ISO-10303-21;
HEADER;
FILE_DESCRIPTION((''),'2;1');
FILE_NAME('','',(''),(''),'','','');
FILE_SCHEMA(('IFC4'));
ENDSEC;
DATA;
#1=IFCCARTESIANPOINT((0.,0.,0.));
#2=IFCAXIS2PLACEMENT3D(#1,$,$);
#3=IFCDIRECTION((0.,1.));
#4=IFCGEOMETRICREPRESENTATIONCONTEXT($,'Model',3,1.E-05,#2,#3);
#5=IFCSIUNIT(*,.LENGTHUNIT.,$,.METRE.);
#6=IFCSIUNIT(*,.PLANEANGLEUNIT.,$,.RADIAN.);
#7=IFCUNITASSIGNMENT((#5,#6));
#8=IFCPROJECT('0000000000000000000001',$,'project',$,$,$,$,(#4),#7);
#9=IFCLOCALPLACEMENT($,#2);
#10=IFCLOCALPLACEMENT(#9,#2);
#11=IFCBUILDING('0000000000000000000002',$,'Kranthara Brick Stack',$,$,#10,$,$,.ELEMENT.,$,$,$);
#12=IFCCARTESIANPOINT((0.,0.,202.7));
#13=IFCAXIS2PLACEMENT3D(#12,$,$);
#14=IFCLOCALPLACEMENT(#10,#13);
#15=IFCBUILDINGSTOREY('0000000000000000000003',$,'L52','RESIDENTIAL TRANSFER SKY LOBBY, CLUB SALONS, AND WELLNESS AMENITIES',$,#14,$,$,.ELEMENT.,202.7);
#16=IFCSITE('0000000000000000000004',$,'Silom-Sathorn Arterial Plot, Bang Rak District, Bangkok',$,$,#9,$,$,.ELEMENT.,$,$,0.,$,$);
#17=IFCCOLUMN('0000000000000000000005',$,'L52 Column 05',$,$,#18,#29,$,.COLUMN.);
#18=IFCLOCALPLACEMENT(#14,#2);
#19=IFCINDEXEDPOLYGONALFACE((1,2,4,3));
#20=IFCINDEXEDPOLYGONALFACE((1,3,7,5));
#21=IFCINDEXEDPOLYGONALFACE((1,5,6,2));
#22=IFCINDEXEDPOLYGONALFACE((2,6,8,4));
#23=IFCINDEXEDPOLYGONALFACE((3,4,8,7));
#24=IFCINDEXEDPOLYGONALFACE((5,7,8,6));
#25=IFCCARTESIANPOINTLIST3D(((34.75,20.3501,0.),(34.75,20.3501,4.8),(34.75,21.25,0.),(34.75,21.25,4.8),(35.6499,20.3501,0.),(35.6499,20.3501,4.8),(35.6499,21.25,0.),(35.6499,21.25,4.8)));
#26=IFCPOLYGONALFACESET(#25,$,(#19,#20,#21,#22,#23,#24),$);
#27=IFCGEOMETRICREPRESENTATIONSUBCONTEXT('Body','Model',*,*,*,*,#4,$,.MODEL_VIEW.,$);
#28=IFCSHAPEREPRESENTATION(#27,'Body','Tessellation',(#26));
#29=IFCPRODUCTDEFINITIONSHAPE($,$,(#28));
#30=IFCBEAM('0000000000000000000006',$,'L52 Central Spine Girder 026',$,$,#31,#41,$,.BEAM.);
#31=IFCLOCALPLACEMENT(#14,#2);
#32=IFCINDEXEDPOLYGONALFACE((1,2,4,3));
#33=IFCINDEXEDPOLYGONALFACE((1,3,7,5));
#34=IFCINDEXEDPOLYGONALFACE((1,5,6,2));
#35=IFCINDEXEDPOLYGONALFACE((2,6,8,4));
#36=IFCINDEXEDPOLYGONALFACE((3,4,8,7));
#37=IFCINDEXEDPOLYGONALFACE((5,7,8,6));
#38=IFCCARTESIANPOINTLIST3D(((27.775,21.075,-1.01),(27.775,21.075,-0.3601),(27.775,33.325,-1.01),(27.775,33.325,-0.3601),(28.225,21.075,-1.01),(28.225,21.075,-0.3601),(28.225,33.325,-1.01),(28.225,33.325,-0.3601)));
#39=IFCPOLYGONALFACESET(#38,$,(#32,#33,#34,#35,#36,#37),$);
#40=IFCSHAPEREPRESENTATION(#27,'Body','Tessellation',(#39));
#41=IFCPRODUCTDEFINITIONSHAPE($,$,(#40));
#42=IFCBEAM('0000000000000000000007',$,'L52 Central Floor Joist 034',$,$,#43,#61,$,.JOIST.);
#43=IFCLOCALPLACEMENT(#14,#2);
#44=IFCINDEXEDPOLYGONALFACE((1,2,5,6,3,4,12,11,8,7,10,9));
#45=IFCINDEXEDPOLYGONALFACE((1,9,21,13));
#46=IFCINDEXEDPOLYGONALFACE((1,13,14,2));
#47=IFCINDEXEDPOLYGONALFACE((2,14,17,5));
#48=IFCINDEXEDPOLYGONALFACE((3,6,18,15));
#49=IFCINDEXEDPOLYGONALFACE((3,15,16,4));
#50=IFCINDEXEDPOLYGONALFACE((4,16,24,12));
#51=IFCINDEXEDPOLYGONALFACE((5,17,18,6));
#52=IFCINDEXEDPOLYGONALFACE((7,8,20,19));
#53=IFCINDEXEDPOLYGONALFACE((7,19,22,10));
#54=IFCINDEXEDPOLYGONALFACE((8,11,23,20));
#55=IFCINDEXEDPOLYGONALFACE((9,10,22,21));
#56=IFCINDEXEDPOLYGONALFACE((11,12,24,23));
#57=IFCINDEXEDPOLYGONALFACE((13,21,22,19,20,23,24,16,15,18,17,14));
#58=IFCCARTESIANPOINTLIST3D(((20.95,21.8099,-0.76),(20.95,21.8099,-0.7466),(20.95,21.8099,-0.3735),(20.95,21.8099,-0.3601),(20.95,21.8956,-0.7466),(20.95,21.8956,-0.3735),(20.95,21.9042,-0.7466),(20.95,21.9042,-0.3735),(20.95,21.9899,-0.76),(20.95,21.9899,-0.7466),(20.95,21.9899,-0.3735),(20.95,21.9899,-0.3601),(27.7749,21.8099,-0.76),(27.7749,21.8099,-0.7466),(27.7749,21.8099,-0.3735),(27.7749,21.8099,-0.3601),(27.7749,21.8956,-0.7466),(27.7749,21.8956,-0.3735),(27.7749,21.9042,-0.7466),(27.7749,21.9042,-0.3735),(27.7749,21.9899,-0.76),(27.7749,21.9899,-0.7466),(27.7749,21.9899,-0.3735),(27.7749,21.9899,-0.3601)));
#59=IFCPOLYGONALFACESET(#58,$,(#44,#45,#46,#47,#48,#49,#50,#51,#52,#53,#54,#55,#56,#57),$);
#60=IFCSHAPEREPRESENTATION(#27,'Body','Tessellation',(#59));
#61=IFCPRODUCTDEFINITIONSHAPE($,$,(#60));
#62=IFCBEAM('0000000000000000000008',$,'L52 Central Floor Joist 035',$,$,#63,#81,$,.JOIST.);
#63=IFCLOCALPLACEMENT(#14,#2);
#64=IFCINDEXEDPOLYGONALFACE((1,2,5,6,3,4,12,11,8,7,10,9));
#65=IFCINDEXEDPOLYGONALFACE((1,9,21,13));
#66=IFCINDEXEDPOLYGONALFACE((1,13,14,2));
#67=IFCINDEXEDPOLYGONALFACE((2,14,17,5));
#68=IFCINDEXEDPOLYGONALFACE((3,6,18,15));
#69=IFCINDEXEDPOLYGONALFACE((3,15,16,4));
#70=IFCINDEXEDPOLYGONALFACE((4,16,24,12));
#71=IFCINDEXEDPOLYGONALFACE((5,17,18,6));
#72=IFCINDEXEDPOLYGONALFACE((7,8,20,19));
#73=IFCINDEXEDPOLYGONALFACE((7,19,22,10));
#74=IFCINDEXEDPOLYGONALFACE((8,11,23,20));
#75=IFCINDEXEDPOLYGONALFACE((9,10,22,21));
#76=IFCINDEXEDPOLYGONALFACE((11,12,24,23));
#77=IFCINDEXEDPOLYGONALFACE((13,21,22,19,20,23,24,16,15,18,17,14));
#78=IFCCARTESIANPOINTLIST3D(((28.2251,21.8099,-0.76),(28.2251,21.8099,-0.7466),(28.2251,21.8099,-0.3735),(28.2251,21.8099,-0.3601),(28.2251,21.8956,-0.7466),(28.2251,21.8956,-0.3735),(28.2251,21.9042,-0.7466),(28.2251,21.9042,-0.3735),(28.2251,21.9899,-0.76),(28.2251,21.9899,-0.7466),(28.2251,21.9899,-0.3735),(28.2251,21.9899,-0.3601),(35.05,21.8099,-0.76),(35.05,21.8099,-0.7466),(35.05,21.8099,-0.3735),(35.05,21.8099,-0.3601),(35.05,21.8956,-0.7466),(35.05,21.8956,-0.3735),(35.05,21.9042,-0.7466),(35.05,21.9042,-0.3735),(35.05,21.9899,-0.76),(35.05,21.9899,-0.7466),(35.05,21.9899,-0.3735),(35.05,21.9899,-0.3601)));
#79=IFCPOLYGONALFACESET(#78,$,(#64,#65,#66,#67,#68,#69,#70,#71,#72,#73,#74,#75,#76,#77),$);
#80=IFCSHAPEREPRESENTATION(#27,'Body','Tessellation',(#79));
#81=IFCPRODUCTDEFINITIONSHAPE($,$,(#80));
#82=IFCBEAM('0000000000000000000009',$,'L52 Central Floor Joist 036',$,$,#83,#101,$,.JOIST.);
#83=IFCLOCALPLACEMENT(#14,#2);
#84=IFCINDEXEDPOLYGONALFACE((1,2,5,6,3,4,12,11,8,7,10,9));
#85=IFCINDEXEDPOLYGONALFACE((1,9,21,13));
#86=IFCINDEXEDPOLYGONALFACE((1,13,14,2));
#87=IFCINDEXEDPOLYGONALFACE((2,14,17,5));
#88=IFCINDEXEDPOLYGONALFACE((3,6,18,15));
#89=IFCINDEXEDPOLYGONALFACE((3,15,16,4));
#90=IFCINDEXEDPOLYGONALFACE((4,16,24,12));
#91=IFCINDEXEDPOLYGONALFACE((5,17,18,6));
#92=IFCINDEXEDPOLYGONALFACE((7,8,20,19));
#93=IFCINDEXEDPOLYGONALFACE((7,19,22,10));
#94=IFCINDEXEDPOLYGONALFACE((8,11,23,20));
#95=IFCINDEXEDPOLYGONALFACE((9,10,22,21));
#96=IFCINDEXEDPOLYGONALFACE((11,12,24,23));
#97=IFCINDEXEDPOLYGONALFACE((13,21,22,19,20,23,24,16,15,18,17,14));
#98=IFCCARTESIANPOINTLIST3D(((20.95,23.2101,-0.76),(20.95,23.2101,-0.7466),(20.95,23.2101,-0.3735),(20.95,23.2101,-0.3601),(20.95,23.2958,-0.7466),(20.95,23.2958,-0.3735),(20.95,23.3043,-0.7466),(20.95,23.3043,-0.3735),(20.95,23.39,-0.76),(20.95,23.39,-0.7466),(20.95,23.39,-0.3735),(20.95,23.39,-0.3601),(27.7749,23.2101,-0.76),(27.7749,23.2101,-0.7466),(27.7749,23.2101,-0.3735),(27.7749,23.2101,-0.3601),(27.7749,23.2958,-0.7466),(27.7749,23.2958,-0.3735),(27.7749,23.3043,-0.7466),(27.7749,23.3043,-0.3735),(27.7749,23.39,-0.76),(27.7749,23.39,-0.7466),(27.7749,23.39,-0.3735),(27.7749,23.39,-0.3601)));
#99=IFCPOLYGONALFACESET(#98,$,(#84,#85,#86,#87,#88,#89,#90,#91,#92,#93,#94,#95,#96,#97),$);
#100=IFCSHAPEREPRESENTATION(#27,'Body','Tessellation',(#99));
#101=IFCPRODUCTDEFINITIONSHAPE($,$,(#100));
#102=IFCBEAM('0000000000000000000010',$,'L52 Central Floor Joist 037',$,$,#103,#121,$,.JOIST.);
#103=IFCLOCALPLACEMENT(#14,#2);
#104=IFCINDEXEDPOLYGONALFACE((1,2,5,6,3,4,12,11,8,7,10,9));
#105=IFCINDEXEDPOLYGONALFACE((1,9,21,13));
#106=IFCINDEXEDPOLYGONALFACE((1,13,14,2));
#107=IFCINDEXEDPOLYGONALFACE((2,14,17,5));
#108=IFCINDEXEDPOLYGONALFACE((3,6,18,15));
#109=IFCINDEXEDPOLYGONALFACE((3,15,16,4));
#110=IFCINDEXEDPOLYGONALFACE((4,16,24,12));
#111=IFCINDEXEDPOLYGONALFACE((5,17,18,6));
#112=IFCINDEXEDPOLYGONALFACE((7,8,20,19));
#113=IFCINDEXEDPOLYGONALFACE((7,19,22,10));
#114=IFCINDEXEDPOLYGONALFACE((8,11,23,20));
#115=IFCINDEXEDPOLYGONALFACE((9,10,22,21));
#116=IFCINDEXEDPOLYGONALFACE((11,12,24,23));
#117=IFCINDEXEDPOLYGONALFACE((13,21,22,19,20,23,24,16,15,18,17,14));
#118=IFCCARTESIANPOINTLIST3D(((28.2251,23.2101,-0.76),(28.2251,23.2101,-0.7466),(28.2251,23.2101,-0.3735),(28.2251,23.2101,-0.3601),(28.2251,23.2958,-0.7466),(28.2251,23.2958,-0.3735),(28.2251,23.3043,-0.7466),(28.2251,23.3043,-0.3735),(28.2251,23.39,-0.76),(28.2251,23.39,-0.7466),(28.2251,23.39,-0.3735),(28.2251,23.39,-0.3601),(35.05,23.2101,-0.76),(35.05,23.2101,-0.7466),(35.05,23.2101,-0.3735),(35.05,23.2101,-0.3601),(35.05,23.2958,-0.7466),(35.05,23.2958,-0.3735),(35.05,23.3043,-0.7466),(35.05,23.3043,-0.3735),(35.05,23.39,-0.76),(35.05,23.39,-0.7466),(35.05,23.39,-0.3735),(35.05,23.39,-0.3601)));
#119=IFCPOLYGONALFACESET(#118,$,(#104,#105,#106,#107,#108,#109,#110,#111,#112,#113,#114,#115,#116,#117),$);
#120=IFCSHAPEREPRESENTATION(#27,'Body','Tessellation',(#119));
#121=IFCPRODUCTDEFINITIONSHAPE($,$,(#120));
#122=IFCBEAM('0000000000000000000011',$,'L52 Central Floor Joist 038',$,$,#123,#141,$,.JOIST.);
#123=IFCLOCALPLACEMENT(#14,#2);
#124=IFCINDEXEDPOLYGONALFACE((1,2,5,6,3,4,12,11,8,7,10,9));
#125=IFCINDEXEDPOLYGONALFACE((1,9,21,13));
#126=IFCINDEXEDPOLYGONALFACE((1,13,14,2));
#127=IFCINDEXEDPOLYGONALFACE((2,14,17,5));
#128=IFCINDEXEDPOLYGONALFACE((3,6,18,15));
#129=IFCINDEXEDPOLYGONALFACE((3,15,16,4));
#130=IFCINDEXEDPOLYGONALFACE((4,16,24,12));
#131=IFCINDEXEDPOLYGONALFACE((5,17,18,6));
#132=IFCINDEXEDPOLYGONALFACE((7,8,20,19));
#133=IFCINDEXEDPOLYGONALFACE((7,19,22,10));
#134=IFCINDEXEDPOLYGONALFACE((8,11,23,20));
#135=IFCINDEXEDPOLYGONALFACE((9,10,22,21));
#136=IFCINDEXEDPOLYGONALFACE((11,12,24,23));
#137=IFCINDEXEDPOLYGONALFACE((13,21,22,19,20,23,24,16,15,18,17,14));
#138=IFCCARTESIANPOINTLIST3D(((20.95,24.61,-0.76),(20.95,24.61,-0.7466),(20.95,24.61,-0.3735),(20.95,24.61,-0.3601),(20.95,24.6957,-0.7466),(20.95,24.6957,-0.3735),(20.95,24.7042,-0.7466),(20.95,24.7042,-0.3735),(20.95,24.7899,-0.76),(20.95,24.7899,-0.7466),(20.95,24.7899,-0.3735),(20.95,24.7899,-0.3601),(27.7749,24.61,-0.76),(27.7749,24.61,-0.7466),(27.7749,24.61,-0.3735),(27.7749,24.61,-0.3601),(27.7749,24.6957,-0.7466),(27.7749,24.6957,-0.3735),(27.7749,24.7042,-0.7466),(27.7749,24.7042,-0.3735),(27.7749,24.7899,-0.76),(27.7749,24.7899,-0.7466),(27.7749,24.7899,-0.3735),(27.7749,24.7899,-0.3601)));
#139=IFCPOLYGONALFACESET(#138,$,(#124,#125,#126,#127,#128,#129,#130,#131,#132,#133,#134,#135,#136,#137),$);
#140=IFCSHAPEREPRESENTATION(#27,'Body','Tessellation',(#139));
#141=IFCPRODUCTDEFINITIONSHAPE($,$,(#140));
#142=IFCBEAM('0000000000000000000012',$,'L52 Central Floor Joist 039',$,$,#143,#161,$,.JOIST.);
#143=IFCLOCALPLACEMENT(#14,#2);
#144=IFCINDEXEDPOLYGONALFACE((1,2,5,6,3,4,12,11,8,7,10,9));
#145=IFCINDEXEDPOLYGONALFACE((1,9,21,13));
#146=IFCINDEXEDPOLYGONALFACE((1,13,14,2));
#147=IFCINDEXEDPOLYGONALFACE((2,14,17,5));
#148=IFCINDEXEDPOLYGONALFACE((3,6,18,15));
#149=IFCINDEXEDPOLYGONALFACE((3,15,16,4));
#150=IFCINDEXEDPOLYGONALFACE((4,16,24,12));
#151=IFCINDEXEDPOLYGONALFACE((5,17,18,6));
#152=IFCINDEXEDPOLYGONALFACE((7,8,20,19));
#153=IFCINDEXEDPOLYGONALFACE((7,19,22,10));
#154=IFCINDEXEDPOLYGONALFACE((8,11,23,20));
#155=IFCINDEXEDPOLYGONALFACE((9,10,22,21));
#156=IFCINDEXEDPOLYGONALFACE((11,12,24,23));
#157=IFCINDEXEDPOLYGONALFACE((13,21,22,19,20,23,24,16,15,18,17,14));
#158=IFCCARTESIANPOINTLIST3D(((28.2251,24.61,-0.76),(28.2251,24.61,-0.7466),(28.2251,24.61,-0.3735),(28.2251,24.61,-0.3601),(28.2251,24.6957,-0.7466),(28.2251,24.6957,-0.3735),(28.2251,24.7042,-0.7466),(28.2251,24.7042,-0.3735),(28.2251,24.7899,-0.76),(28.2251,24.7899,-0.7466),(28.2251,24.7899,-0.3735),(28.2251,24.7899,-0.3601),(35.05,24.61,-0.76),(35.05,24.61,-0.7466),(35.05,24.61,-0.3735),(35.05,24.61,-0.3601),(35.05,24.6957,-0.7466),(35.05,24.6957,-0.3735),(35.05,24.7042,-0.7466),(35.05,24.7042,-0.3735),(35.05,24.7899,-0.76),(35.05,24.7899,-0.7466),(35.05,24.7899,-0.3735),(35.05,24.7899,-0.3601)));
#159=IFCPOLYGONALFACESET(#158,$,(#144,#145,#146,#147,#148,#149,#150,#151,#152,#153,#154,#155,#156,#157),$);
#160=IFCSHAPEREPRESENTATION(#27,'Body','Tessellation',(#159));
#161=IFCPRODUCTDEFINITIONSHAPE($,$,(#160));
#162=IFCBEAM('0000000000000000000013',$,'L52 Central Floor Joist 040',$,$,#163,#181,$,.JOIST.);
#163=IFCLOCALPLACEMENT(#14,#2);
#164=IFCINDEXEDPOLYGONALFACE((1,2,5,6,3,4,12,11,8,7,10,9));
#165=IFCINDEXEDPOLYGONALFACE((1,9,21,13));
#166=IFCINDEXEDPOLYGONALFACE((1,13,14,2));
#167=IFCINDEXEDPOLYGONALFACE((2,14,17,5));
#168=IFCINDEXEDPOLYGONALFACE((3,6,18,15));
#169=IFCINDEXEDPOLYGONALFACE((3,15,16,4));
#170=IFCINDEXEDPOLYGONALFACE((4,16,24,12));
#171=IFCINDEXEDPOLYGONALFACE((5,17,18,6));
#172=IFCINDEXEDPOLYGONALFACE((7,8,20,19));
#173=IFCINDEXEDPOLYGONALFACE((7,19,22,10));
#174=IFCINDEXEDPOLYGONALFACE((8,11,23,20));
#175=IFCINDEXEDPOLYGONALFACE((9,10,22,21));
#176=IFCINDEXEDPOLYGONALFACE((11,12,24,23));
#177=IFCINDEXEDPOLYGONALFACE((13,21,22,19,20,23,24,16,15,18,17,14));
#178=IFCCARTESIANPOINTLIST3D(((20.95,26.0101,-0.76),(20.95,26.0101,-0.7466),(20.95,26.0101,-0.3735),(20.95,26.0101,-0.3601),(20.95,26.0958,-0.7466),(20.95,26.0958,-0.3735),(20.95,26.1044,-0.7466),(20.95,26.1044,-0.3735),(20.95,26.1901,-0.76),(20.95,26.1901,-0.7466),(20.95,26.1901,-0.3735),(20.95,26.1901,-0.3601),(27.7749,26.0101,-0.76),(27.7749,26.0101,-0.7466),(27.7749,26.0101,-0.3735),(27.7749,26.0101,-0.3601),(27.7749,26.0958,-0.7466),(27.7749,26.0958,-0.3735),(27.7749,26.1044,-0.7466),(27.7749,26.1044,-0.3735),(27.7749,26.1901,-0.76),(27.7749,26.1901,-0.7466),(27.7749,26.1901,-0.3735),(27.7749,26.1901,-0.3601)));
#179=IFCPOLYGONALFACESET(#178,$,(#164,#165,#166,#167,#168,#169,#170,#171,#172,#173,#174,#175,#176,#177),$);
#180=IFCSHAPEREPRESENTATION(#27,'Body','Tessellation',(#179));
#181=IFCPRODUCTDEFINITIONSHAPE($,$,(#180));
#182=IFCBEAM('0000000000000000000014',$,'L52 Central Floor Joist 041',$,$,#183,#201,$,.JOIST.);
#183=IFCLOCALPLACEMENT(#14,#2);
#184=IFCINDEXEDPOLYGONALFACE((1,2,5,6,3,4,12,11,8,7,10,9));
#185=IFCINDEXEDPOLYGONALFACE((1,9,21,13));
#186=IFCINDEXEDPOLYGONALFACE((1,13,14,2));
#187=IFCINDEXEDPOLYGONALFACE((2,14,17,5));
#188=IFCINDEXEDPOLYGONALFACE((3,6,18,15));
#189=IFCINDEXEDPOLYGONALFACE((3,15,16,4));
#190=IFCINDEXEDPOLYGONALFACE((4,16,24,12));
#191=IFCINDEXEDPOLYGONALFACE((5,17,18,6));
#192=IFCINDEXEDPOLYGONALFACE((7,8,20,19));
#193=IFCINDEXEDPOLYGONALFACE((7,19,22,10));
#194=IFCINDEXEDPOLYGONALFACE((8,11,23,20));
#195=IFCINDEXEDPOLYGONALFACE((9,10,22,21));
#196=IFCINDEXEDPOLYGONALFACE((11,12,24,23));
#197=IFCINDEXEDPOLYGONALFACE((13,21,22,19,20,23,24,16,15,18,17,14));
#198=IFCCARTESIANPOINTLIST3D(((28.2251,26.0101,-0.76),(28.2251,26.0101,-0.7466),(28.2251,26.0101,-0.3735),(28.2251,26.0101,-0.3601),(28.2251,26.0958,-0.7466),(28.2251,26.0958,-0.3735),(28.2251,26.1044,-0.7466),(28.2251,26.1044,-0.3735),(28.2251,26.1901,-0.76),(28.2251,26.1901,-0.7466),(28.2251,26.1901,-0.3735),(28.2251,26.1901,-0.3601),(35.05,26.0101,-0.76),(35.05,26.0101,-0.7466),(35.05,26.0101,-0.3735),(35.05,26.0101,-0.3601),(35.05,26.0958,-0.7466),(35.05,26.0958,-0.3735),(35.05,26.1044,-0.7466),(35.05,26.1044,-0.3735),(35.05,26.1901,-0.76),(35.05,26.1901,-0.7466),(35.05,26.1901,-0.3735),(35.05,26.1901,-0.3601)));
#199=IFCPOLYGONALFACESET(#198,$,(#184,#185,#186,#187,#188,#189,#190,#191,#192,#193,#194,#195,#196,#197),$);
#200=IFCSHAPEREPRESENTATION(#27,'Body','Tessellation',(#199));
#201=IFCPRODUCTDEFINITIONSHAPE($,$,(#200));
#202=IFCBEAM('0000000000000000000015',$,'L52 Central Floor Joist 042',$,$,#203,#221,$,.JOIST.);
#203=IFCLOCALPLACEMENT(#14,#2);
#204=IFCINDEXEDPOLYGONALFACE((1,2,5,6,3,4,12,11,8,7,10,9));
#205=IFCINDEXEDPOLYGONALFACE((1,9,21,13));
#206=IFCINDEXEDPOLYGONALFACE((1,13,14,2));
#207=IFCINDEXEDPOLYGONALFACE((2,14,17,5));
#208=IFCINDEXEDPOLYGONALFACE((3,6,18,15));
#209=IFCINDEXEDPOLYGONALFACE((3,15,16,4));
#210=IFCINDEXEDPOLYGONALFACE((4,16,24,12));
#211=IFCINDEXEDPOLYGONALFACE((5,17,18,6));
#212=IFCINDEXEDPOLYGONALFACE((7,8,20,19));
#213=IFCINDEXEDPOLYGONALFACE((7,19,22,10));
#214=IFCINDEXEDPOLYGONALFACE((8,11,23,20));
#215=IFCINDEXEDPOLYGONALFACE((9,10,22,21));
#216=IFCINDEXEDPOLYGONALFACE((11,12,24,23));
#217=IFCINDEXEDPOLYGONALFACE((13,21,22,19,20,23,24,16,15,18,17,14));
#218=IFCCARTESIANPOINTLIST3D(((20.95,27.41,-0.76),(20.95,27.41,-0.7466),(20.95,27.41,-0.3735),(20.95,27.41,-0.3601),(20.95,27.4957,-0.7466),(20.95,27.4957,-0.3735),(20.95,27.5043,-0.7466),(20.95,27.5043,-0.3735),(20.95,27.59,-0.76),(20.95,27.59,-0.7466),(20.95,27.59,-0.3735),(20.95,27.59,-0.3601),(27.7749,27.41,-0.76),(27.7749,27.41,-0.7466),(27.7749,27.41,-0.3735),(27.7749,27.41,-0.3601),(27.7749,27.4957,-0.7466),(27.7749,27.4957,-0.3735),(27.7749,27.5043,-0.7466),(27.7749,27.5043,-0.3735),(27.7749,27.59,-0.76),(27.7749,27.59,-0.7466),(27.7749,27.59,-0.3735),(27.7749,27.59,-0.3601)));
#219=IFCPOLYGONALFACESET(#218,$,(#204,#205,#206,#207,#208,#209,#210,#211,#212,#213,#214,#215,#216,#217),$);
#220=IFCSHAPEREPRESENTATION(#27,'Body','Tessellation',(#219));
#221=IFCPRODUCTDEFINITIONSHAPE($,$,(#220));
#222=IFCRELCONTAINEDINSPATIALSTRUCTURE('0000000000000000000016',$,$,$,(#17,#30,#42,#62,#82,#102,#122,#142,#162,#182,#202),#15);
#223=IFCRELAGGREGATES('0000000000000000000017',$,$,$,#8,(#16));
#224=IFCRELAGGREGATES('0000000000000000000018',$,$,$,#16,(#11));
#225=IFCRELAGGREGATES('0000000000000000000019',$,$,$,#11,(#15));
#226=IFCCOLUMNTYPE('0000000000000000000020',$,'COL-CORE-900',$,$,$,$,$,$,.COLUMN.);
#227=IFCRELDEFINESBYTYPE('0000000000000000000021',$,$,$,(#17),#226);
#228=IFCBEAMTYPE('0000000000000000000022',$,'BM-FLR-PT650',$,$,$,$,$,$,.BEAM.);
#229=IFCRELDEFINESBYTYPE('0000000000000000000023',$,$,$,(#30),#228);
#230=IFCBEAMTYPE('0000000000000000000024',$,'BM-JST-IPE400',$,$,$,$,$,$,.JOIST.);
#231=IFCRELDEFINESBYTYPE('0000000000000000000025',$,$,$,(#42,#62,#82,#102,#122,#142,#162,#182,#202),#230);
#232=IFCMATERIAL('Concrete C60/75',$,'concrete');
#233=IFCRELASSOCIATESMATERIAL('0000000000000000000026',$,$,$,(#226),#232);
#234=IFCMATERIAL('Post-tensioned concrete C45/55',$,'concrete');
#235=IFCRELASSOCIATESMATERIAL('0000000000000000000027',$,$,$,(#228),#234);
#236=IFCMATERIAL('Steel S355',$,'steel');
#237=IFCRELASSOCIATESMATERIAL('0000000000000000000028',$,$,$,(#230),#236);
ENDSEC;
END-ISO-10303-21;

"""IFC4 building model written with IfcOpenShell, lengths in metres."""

from ifc_helpers import new_model, si_unit, direction, frame, origin, origin_2d, place, context, subcontext, project, spatial, rectangle, i_section, extrude, material, material_profile, profile_set, type_object, element, save


model = new_model("IFC4")

# Units and contexts
model_context = context("Model", 3, precision=1e-05, world=origin(), true_north=direction((0.0, 1.0)))
body_context = subcontext(model_context, "Body", "Model", "MODEL_VIEW")
ifc_project = project(units=[si_unit("LENGTHUNIT", "METRE"), si_unit("PLANEANGLEUNIT", "RADIAN")], contexts=[model_context])

# Site, building, storey
site_placement = place(None, origin())
site = spatial("IfcSite", under=ifc_project, at=site_placement, Name="Silom-Sathorn Arterial Plot, Bang Rak District, Bangkok", CompositionType="ELEMENT", RefElevation=0.0)
building_placement = place(site_placement, origin())
building = spatial("IfcBuilding", under=site, at=building_placement, Name="Kranthara Brick Stack", CompositionType="ELEMENT")
storey_placement = place(building_placement, frame((0.0, 0.0, 202.7)))
storey = spatial("IfcBuildingStorey", under=building, at=storey_placement, Name="L52", Description="RESIDENTIAL TRANSFER SKY LOBBY, CLUB SALONS, AND WELLNESS AMENITIES", CompositionType="ELEMENT", Elevation=202.7)

# Column
ifc_material_1 = material(Name="Concrete C60/75", Category="concrete")
ifc_material_profile_1 = material_profile(ifc_material_1, rectangle(XDim=0.8999, YDim=0.8999, at=origin_2d()), Name="RC 900x900")
ifc_profile_set_1 = profile_set([ifc_material_profile_1], Name="Concrete C60/75")
column_type = type_object("IfcColumnType", Name="COL-CORE-900", PredefinedType="COLUMN", material=ifc_profile_set_1)
column_placement = place(storey_placement, frame((35.2, 20.8, 0.0), z_axis=(0.0, 0.0, 1.0), x_axis=(1.0, 0.0, 0.0)))
element("IfcColumn", 1, at=column_placement, inside=storey, type_object=column_type, Name="L52 Column 05", PredefinedType="COLUMN", context=body_context, shape_type="SweptSolid", body=[
    extrude(rectangle(XDim=0.8999, YDim=0.8999, at=origin_2d()), origin(), (0.0, 0.0, 1.0), 4.8),
])

# Beams
ifc_material_2 = material(Name="Post-tensioned concrete C45/55", Category="concrete")
ifc_material_profile_2 = material_profile(ifc_material_2, rectangle(XDim=0.45, YDim=0.6499, at=origin_2d()), Name="PT 450x650")
ifc_profile_set_2 = profile_set([ifc_material_profile_2], Name="Post-tensioned concrete C45/55")
beam_type_1 = type_object("IfcBeamType", Name="BM-FLR-PT650", PredefinedType="BEAM", material=ifc_profile_set_2)
beam_1_placement = place(storey_placement, frame((28.0, 21.075, -0.6851), z_axis=(0.0, 1.0, 0.0), x_axis=(-1.0, 0.0, 0.0)))
element("IfcBeam", 2, at=beam_1_placement, inside=storey, type_object=beam_type_1, Name="L52 Central Spine Girder 026", PredefinedType="BEAM", context=body_context, shape_type="SweptSolid", body=[
    extrude(rectangle(XDim=0.45, YDim=0.6499, at=origin_2d()), origin(), (0.0, 0.0, 1.0), 12.25),
])
ifc_material_3 = material(Name="Steel S355", Category="steel")
ifc_material_profile_3 = material_profile(ifc_material_3, i_section(OverallWidth=0.1799, OverallDepth=0.3999, WebThickness=0.0085, FlangeThickness=0.0134, at=origin_2d()), Name="IPE 400")
ifc_profile_set_3 = profile_set([ifc_material_profile_3], Name="Steel S355")
beam_type_2 = type_object("IfcBeamType", Name="BM-JST-IPE400", PredefinedType="JOIST", material=ifc_profile_set_3)
for number, where, z_axis, x_axis, name in (
    (3, (20.95, 21.8999, -0.5601), (1.0, 0.0, 0.0), (0.0, 1.0, 0.0), "L52 Central Floor Joist 034"),
    (4, (28.2251, 21.8999, -0.5601), (1.0, 0.0, 0.0), (0.0, 1.0, 0.0), "L52 Central Floor Joist 035"),
    (5, (20.95, 23.3, -0.5601), (1.0, 0.0, 0.0), (0.0, 1.0, 0.0), "L52 Central Floor Joist 036"),
    (6, (28.2251, 23.3, -0.5601), (1.0, 0.0, 0.0), (0.0, 1.0, 0.0), "L52 Central Floor Joist 037"),
    (7, (20.95, 24.7, -0.5601), (1.0, 0.0, 0.0), (0.0, 1.0, 0.0), "L52 Central Floor Joist 038"),
    (8, (28.2251, 24.7, -0.5601), (1.0, 0.0, 0.0), (0.0, 1.0, 0.0), "L52 Central Floor Joist 039"),
    (9, (20.95, 26.1001, -0.5601), (1.0, 0.0, 0.0), (0.0, 1.0, 0.0), "L52 Central Floor Joist 040"),
    (10, (28.2251, 26.1001, -0.5601), (1.0, 0.0, 0.0), (0.0, 1.0, 0.0), "L52 Central Floor Joist 041"),
    (11, (20.95, 27.5, -0.5601), (1.0, 0.0, 0.0), (0.0, 1.0, 0.0), "L52 Central Floor Joist 042"),
):
    element("IfcBeam", number, at=place(storey_placement, frame(where, z_axis=z_axis, x_axis=x_axis)), inside=storey, type_object=beam_type_2, Name=name, PredefinedType="JOIST", context=body_context, shape_type="SweptSolid", body=[
        extrude(i_section(OverallWidth=0.1799, OverallDepth=0.3999, WebThickness=0.0085, FlangeThickness=0.0134, at=origin_2d()), origin(), (0.0, 0.0, 1.0), 6.825),
    ])

save(model, "model.ifc")
